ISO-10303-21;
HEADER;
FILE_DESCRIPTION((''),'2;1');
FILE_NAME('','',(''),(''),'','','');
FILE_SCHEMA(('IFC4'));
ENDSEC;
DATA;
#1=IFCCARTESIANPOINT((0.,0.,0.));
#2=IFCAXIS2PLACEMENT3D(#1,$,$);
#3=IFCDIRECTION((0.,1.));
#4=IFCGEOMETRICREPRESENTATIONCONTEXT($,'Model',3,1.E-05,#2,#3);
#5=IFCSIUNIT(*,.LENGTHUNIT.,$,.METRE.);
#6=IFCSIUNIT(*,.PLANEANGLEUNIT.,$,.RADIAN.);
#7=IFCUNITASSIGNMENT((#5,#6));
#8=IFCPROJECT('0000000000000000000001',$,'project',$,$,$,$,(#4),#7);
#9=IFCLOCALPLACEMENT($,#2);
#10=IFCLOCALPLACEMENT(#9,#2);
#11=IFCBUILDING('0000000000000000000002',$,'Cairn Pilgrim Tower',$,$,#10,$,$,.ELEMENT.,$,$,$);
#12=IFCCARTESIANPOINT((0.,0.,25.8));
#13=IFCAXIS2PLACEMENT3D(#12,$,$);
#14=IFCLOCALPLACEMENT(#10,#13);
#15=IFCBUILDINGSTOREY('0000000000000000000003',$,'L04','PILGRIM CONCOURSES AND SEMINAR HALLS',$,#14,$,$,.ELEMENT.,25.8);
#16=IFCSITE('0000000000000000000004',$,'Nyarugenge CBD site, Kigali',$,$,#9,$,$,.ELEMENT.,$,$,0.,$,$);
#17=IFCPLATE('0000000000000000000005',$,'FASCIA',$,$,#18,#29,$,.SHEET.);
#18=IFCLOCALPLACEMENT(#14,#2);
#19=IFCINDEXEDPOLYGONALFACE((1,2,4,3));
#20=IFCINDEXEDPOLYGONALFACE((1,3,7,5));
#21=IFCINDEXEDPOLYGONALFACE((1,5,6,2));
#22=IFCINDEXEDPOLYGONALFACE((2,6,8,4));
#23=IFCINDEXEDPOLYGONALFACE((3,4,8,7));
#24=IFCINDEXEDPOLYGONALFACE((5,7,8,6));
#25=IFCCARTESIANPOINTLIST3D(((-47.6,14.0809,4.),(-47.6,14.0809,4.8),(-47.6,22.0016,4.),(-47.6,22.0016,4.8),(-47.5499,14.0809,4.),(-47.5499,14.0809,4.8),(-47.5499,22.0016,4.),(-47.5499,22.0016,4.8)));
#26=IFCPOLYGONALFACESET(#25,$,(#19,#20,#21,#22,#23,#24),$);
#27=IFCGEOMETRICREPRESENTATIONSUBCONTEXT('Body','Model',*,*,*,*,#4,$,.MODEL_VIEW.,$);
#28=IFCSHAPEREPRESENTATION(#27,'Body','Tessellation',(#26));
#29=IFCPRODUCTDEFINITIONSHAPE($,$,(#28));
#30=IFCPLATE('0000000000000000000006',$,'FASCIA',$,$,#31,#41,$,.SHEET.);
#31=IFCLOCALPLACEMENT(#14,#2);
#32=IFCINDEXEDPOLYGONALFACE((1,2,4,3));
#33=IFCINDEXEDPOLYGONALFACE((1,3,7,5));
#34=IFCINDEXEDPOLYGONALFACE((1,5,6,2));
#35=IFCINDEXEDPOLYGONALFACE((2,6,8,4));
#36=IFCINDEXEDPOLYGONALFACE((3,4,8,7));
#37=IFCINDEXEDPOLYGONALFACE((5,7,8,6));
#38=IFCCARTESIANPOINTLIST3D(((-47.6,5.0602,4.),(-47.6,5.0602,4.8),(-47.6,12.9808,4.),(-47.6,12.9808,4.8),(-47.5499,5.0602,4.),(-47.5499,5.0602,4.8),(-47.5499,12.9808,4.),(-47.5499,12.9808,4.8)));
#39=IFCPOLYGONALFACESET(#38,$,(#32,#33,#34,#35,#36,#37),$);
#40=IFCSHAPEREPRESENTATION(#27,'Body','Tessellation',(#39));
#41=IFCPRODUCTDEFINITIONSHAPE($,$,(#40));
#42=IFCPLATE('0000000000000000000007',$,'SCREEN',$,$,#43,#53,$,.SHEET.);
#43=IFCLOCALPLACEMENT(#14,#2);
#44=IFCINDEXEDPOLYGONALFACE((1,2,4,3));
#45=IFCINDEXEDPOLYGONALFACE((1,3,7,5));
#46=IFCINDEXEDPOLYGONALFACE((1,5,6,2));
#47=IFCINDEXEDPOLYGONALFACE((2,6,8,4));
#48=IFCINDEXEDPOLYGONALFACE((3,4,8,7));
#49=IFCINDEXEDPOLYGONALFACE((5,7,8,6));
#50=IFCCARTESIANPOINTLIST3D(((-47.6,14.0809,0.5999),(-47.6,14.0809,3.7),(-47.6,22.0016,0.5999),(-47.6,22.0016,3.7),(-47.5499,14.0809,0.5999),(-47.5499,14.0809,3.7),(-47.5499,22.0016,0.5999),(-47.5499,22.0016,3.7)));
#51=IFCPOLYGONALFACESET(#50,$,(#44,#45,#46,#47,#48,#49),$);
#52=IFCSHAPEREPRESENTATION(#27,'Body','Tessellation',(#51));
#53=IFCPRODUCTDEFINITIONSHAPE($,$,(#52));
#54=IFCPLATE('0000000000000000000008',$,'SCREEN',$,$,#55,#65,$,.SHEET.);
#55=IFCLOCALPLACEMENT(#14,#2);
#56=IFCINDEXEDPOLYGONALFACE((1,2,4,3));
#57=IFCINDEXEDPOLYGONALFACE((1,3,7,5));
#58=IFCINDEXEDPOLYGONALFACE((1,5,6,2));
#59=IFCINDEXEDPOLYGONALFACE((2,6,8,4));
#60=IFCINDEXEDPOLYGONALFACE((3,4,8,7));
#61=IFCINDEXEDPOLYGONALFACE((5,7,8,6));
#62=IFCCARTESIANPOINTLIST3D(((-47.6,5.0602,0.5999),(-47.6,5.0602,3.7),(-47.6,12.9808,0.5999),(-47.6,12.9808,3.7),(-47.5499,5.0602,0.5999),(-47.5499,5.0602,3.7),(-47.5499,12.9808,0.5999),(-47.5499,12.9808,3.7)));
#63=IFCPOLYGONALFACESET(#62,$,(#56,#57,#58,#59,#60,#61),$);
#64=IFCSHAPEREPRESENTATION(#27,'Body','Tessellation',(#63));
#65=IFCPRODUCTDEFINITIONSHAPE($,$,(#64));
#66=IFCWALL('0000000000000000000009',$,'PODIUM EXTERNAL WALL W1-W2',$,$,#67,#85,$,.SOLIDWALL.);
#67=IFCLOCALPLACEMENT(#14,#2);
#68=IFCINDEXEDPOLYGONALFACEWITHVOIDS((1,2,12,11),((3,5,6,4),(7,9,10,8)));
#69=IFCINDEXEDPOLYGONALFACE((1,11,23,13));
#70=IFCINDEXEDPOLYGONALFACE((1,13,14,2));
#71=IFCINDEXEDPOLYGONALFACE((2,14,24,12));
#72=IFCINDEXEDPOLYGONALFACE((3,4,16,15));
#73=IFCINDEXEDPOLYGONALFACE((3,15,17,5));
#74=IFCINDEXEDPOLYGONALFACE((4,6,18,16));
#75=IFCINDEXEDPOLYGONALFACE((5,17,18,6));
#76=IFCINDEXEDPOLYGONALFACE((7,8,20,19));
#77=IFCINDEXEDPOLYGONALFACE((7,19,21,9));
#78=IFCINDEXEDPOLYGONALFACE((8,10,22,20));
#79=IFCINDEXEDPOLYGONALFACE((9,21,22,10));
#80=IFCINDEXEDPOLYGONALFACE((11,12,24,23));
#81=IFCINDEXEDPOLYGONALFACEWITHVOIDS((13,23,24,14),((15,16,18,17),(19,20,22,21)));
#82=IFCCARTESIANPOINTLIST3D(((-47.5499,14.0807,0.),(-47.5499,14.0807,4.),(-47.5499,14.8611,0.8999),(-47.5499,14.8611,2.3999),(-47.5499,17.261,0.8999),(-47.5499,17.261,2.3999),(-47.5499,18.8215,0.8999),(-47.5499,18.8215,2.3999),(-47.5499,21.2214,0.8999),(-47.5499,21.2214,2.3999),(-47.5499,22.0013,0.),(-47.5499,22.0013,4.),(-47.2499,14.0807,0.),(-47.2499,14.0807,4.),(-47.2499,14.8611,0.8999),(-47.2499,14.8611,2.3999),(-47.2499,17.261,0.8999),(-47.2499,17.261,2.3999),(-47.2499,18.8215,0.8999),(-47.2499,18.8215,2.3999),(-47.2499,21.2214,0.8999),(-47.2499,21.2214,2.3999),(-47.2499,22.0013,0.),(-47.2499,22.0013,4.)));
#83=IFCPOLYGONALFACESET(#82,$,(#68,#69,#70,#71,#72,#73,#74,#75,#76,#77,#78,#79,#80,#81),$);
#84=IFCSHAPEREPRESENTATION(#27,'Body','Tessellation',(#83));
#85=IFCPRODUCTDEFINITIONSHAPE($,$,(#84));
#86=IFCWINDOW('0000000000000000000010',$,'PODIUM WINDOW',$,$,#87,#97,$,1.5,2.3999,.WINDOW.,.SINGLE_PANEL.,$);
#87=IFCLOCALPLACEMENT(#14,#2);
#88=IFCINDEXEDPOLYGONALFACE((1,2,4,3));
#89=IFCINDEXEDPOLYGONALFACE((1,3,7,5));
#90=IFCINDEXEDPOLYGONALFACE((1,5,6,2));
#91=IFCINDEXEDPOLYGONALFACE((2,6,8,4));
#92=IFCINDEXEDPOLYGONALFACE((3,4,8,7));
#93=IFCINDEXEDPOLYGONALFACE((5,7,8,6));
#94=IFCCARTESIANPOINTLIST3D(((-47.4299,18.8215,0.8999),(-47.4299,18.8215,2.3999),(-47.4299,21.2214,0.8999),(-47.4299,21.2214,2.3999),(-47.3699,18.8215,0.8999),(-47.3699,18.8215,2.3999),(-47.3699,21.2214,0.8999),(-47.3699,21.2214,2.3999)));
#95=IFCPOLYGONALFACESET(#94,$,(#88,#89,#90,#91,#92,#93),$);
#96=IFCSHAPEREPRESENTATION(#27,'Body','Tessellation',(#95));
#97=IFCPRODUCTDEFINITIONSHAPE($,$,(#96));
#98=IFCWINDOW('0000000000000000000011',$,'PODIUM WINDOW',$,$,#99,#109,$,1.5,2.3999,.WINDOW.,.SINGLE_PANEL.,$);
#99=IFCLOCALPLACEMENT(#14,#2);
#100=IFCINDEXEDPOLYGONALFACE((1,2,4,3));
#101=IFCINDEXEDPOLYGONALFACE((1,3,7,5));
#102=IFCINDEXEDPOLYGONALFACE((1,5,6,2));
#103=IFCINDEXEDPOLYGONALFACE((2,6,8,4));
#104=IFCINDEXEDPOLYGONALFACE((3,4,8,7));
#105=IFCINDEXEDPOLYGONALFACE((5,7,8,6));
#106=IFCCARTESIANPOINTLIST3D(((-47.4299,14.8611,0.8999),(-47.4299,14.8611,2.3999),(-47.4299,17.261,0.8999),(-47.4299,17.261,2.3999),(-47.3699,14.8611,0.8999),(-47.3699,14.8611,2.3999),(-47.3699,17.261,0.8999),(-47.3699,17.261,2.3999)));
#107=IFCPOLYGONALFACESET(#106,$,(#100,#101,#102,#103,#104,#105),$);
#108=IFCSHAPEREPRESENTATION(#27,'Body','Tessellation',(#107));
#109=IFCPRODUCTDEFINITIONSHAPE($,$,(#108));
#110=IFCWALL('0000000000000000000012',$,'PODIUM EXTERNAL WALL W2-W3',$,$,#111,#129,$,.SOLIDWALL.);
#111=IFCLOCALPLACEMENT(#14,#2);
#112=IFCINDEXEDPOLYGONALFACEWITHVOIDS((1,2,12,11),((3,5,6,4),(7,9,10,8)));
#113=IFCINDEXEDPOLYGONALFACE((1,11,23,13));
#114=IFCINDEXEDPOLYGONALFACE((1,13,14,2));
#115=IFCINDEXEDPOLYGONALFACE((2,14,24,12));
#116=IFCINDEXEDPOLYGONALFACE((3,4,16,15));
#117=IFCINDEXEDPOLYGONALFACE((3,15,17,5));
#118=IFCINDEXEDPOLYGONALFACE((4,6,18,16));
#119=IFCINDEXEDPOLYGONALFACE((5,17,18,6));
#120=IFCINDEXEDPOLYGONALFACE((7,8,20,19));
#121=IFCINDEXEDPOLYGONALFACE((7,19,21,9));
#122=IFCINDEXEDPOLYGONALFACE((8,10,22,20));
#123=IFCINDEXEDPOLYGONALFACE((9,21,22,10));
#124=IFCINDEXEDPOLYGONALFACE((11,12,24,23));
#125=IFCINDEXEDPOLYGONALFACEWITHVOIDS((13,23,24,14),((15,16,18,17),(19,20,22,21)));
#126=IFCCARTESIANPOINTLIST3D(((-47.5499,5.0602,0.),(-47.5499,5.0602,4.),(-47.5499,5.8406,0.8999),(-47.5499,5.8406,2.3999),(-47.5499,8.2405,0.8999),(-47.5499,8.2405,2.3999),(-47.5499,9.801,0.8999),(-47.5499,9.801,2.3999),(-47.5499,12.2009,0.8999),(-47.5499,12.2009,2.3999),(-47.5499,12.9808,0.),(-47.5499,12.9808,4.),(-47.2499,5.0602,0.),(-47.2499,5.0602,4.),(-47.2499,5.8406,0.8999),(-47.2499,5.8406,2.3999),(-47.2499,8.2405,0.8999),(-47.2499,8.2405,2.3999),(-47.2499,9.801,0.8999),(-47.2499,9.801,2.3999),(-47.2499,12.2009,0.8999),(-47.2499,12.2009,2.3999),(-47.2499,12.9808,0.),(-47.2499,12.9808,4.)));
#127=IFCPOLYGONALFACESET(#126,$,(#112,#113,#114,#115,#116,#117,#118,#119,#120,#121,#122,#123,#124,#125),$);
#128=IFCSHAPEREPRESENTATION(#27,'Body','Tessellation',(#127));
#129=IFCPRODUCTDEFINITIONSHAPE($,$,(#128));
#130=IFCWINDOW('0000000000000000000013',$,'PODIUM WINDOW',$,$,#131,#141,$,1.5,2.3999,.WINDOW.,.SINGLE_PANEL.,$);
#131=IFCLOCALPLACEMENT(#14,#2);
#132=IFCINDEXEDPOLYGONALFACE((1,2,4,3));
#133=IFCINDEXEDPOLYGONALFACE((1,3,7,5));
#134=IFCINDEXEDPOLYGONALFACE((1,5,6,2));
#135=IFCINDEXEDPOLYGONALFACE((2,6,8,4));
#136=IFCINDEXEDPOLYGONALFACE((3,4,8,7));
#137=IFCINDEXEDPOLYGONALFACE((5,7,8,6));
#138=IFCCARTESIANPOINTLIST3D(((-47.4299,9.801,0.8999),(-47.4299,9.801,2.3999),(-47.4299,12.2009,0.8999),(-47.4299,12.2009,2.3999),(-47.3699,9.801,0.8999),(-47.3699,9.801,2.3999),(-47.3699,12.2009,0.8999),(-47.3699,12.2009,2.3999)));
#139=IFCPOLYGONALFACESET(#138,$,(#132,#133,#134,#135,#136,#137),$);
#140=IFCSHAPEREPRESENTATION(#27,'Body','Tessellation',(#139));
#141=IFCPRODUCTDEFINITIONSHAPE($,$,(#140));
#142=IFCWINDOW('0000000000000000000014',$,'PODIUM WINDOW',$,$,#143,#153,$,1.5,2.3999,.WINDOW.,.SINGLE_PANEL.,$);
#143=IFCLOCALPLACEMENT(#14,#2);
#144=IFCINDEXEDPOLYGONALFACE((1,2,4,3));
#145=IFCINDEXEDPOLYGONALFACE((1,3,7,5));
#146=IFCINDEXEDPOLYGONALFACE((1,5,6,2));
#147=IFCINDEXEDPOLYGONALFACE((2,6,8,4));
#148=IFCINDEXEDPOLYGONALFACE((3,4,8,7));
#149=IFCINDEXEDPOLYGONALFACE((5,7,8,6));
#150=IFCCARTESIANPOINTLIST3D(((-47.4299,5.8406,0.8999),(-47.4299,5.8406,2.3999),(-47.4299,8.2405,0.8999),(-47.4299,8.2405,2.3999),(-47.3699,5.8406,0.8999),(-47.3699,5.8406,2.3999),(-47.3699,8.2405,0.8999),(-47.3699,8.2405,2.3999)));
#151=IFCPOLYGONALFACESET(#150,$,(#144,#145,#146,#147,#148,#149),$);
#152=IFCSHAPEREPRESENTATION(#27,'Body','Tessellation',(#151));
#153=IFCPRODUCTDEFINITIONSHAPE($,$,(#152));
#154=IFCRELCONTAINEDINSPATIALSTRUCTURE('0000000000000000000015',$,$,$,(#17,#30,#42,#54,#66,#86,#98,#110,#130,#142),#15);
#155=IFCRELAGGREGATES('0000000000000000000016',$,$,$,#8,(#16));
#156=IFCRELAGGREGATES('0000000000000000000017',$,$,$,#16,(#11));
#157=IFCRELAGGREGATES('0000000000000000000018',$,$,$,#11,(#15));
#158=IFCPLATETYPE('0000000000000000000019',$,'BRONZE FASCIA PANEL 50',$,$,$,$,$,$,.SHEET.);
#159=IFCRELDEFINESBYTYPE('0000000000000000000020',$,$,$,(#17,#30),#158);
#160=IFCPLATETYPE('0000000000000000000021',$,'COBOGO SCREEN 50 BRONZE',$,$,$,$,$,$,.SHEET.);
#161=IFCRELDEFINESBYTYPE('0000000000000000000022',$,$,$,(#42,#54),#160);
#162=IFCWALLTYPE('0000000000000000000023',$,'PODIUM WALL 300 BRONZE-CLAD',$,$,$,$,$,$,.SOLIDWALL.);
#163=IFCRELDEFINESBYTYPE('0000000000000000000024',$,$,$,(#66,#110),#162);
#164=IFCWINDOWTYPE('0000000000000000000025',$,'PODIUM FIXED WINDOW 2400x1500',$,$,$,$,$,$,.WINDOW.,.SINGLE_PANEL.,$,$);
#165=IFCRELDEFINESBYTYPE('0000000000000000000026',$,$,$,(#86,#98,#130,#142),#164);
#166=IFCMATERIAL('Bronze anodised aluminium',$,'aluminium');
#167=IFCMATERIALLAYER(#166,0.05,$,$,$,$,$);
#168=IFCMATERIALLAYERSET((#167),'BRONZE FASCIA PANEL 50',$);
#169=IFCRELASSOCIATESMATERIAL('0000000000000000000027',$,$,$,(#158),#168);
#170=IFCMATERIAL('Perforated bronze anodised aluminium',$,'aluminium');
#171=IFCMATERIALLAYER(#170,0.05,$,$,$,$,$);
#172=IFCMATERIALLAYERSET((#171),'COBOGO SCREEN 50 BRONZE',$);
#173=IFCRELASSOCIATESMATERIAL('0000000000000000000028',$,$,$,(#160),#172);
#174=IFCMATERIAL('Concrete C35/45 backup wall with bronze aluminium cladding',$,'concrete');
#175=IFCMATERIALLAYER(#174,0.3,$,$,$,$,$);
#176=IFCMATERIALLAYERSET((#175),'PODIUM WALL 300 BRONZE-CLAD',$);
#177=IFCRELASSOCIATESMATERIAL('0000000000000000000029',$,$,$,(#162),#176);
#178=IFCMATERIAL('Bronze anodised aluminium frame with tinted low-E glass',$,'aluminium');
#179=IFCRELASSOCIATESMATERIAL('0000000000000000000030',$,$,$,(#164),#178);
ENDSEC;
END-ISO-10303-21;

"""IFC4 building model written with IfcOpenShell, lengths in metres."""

from ifc_helpers import new_model, si_unit, direction, frame, frame_2d, origin, origin_2d, place, context, subcontext, project, spatial, rectangle, extrude, material, layer, layer_set, type_object, element, fill, save


model = new_model("IFC4")

# Units and contexts
model_context = context("Model", 3, precision=1e-05, world=origin(), true_north=direction((0.0, 1.0)))
body_context = subcontext(model_context, "Body", "Model", "MODEL_VIEW")
ifc_project = project(units=[si_unit("LENGTHUNIT", "METRE"), si_unit("PLANEANGLEUNIT", "RADIAN")], contexts=[model_context])

# Site, building, storey
site_placement = place(None, origin())
site = spatial("IfcSite", under=ifc_project, at=site_placement, Name="Nyarugenge CBD site, Kigali", CompositionType="ELEMENT", RefElevation=0.0)
building_placement = place(site_placement, origin())
building = spatial("IfcBuilding", under=site, at=building_placement, Name="Cairn Pilgrim Tower", CompositionType="ELEMENT")
storey_placement = place(building_placement, frame((0.0, 0.0, 25.8)))
storey = spatial("IfcBuildingStorey", under=building, at=storey_placement, Name="L04", Description="PILGRIM CONCOURSES AND SEMINAR HALLS", CompositionType="ELEMENT", Elevation=25.8)

# Plates
ifc_material_1 = material(Name="Bronze anodised aluminium", Category="aluminium")
ifc_layer_1 = layer(ifc_material_1, 0.05)
ifc_layer_set_1 = layer_set([ifc_layer_1], Name="BRONZE FASCIA PANEL 50")
plate_type_1 = type_object("IfcPlateType", Name="BRONZE FASCIA PANEL 50", PredefinedType="SHEET", material=ifc_layer_set_1)
for number, where, z_axis, x_axis, name in (
    (1, (-47.575, 18.0413, 4.0), (0.0, 0.0, 1.0), (0.0, -1.0, 0.0), "FASCIA"),
    (2, (-47.575, 9.0205, 4.0), (0.0, 0.0, 1.0), (0.0, -1.0, 0.0), "FASCIA"),
):
    element("IfcPlate", number, at=place(storey_placement, frame(where, z_axis=z_axis, x_axis=x_axis)), inside=storey, type_object=plate_type_1, Name=name, PredefinedType="SHEET", context=body_context, shape_type="SweptSolid", body=[
        extrude(rectangle(XDim=7.9207, YDim=0.05, at=origin_2d()), origin(), (0.0, 0.0, 1.0), 0.8),
    ])
ifc_material_2 = material(Name="Perforated bronze anodised aluminium", Category="aluminium")
ifc_layer_2 = layer(ifc_material_2, 0.05)
ifc_layer_set_2 = layer_set([ifc_layer_2], Name="COBOGO SCREEN 50 BRONZE")
plate_type_2 = type_object("IfcPlateType", Name="COBOGO SCREEN 50 BRONZE", PredefinedType="SHEET", material=ifc_layer_set_2)
for number, where, z_axis, x_axis, name in (
    (3, (-47.575, 18.0413, 0.5999), (0.0, 0.0, 1.0), (0.0, -1.0, 0.0), "SCREEN"),
    (4, (-47.575, 9.0205, 0.5999), (0.0, 0.0, 1.0), (0.0, -1.0, 0.0), "SCREEN"),
):
    element("IfcPlate", number, at=place(storey_placement, frame(where, z_axis=z_axis, x_axis=x_axis)), inside=storey, type_object=plate_type_2, Name=name, PredefinedType="SHEET", context=body_context, shape_type="SweptSolid", body=[
        extrude(rectangle(XDim=7.9207, YDim=0.05, at=origin_2d()), origin(), (0.0, 0.0, 1.0), 3.1001),
    ])

# Walls, openings, windows
ifc_material_3 = material(Name="Concrete C35/45 backup wall with bronze aluminium cladding", Category="concrete")
ifc_layer_3 = layer(ifc_material_3, 0.3)
ifc_layer_set_3 = layer_set([ifc_layer_3], Name="PODIUM WALL 300 BRONZE-CLAD")
wall_type = type_object("IfcWallType", Name="PODIUM WALL 300 BRONZE-CLAD", PredefinedType="SOLIDWALL", material=ifc_layer_set_3)
wall_1_placement = place(storey_placement, frame((-47.3999, 22.0015, 0.0), z_axis=(0.0, 0.0, 1.0), x_axis=(0.0, -1.0, 0.0)))
wall_1 = element("IfcWall", 5, at=wall_1_placement, inside=storey, type_object=wall_type, Name="PODIUM EXTERNAL WALL W1-W2", PredefinedType="SOLIDWALL", context=body_context, shape_type="SweptSolid", body=[
    extrude(rectangle(XDim=7.9207, YDim=0.3, at=frame_2d((3.9604, 0.0))), origin(), (0.0, 0.0, 1.0), 4.0),
])
opening_1_placement = place(wall_1_placement, frame((0.78, 0.0, 0.8999)))
opening_1 = element("IfcOpeningElement", 6, at=opening_1_placement, cuts=wall_1, PredefinedType="OPENING", context=body_context, shape_type="SweptSolid", body=[
    extrude(rectangle(XDim=2.3999, YDim=1.5, at=frame_2d((1.2, 0.75))), frame((0.0, 0.1602, 0.0), z_axis=(0.0, -1.0, 0.0), x_axis=(1.0, 0.0, 0.0)), (0.0, 0.0, 1.0), 0.3201),
])
opening_2_placement = place(wall_1_placement, frame((4.7405, 0.0, 0.8999)))
opening_2 = element("IfcOpeningElement", 7, at=opening_2_placement, cuts=wall_1, PredefinedType="OPENING", context=body_context, shape_type="SweptSolid", body=[
    extrude(rectangle(XDim=2.3999, YDim=1.5, at=frame_2d((1.2, 0.75))), frame((0.0, 0.1602, 0.0), z_axis=(0.0, -1.0, 0.0), x_axis=(1.0, 0.0, 0.0)), (0.0, 0.0, 1.0), 0.3201),
])
ifc_material_4 = material(Name="Bronze anodised aluminium frame with tinted low-E glass", Category="aluminium")
window_type = type_object("IfcWindowType", Name="PODIUM FIXED WINDOW 2400x1500", PartitioningType="SINGLE_PANEL", PredefinedType="WINDOW", material=ifc_material_4)
window_1_placement = place(opening_1_placement, origin())
window_1 = element("IfcWindow", 8, at=window_1_placement, inside=storey, type_object=window_type, Name="PODIUM WINDOW", OverallHeight=1.5, OverallWidth=2.3999, PartitioningType="SINGLE_PANEL", PredefinedType="WINDOW", context=body_context, shape_type="SweptSolid", body=[
    extrude(rectangle(XDim=2.3999, YDim=1.5, at=frame_2d((1.2, 0.75))), frame((0.0, 0.03, 0.0), z_axis=(0.0, -1.0, 0.0), x_axis=(1.0, 0.0, 0.0)), (0.0, 0.0, 1.0), 0.0601),
])
fill(opening_1, window_1)
window_2_placement = place(opening_2_placement, origin())
window_2 = element("IfcWindow", 9, at=window_2_placement, inside=storey, type_object=window_type, Name="PODIUM WINDOW", OverallHeight=1.5, OverallWidth=2.3999, PartitioningType="SINGLE_PANEL", PredefinedType="WINDOW", context=body_context, shape_type="SweptSolid", body=[
    extrude(rectangle(XDim=2.3999, YDim=1.5, at=frame_2d((1.2, 0.75))), frame((0.0, 0.03, 0.0), z_axis=(0.0, -1.0, 0.0), x_axis=(1.0, 0.0, 0.0)), (0.0, 0.0, 1.0), 0.0601),
])
fill(opening_2, window_2)
wall_2_placement = place(storey_placement, frame((-47.3999, 12.981, 0.0), z_axis=(0.0, 0.0, 1.0), x_axis=(0.0, -1.0, 0.0)))
wall_2 = element("IfcWall", 10, at=wall_2_placement, inside=storey, type_object=wall_type, Name="PODIUM EXTERNAL WALL W2-W3", PredefinedType="SOLIDWALL", context=body_context, shape_type="SweptSolid", body=[
    extrude(rectangle(XDim=7.9207, YDim=0.3, at=frame_2d((3.9604, 0.0))), origin(), (0.0, 0.0, 1.0), 4.0),
])
opening_3_placement = place(wall_2_placement, frame((0.78, 0.0, 0.8999)))
opening_3 = element("IfcOpeningElement", 11, at=opening_3_placement, cuts=wall_2, PredefinedType="OPENING", context=body_context, shape_type="SweptSolid", body=[
    extrude(rectangle(XDim=2.3999, YDim=1.5, at=frame_2d((1.2, 0.75))), frame((0.0, 0.1602, 0.0), z_axis=(0.0, -1.0, 0.0), x_axis=(1.0, 0.0, 0.0)), (0.0, 0.0, 1.0), 0.3201),
])
opening_4_placement = place(wall_2_placement, frame((4.7405, 0.0, 0.8999)))
opening_4 = element("IfcOpeningElement", 12, at=opening_4_placement, cuts=wall_2, PredefinedType="OPENING", context=body_context, shape_type="SweptSolid", body=[
    extrude(rectangle(XDim=2.3999, YDim=1.5, at=frame_2d((1.2, 0.75))), frame((0.0, 0.1602, 0.0), z_axis=(0.0, -1.0, 0.0), x_axis=(1.0, 0.0, 0.0)), (0.0, 0.0, 1.0), 0.3201),
])
window_3_placement = place(opening_3_placement, origin())
window_3 = element("IfcWindow", 13, at=window_3_placement, inside=storey, type_object=window_type, Name="PODIUM WINDOW", OverallHeight=1.5, OverallWidth=2.3999, PartitioningType="SINGLE_PANEL", PredefinedType="WINDOW", context=body_context, shape_type="SweptSolid", body=[
    extrude(rectangle(XDim=2.3999, YDim=1.5, at=frame_2d((1.2, 0.75))), frame((0.0, 0.03, 0.0), z_axis=(0.0, -1.0, 0.0), x_axis=(1.0, 0.0, 0.0)), (0.0, 0.0, 1.0), 0.0601),
])
fill(opening_3, window_3)
window_4_placement = place(opening_4_placement, origin())
window_4 = element("IfcWindow", 14, at=window_4_placement, inside=storey, type_object=window_type, Name="PODIUM WINDOW", OverallHeight=1.5, OverallWidth=2.3999, PartitioningType="SINGLE_PANEL", PredefinedType="WINDOW", context=body_context, shape_type="SweptSolid", body=[
    extrude(rectangle(XDim=2.3999, YDim=1.5, at=frame_2d((1.2, 0.75))), frame((0.0, 0.03, 0.0), z_axis=(0.0, -1.0, 0.0), x_axis=(1.0, 0.0, 0.0)), (0.0, 0.0, 1.0), 0.0601),
])
fill(opening_4, window_4)

save(model, "model.ifc")
